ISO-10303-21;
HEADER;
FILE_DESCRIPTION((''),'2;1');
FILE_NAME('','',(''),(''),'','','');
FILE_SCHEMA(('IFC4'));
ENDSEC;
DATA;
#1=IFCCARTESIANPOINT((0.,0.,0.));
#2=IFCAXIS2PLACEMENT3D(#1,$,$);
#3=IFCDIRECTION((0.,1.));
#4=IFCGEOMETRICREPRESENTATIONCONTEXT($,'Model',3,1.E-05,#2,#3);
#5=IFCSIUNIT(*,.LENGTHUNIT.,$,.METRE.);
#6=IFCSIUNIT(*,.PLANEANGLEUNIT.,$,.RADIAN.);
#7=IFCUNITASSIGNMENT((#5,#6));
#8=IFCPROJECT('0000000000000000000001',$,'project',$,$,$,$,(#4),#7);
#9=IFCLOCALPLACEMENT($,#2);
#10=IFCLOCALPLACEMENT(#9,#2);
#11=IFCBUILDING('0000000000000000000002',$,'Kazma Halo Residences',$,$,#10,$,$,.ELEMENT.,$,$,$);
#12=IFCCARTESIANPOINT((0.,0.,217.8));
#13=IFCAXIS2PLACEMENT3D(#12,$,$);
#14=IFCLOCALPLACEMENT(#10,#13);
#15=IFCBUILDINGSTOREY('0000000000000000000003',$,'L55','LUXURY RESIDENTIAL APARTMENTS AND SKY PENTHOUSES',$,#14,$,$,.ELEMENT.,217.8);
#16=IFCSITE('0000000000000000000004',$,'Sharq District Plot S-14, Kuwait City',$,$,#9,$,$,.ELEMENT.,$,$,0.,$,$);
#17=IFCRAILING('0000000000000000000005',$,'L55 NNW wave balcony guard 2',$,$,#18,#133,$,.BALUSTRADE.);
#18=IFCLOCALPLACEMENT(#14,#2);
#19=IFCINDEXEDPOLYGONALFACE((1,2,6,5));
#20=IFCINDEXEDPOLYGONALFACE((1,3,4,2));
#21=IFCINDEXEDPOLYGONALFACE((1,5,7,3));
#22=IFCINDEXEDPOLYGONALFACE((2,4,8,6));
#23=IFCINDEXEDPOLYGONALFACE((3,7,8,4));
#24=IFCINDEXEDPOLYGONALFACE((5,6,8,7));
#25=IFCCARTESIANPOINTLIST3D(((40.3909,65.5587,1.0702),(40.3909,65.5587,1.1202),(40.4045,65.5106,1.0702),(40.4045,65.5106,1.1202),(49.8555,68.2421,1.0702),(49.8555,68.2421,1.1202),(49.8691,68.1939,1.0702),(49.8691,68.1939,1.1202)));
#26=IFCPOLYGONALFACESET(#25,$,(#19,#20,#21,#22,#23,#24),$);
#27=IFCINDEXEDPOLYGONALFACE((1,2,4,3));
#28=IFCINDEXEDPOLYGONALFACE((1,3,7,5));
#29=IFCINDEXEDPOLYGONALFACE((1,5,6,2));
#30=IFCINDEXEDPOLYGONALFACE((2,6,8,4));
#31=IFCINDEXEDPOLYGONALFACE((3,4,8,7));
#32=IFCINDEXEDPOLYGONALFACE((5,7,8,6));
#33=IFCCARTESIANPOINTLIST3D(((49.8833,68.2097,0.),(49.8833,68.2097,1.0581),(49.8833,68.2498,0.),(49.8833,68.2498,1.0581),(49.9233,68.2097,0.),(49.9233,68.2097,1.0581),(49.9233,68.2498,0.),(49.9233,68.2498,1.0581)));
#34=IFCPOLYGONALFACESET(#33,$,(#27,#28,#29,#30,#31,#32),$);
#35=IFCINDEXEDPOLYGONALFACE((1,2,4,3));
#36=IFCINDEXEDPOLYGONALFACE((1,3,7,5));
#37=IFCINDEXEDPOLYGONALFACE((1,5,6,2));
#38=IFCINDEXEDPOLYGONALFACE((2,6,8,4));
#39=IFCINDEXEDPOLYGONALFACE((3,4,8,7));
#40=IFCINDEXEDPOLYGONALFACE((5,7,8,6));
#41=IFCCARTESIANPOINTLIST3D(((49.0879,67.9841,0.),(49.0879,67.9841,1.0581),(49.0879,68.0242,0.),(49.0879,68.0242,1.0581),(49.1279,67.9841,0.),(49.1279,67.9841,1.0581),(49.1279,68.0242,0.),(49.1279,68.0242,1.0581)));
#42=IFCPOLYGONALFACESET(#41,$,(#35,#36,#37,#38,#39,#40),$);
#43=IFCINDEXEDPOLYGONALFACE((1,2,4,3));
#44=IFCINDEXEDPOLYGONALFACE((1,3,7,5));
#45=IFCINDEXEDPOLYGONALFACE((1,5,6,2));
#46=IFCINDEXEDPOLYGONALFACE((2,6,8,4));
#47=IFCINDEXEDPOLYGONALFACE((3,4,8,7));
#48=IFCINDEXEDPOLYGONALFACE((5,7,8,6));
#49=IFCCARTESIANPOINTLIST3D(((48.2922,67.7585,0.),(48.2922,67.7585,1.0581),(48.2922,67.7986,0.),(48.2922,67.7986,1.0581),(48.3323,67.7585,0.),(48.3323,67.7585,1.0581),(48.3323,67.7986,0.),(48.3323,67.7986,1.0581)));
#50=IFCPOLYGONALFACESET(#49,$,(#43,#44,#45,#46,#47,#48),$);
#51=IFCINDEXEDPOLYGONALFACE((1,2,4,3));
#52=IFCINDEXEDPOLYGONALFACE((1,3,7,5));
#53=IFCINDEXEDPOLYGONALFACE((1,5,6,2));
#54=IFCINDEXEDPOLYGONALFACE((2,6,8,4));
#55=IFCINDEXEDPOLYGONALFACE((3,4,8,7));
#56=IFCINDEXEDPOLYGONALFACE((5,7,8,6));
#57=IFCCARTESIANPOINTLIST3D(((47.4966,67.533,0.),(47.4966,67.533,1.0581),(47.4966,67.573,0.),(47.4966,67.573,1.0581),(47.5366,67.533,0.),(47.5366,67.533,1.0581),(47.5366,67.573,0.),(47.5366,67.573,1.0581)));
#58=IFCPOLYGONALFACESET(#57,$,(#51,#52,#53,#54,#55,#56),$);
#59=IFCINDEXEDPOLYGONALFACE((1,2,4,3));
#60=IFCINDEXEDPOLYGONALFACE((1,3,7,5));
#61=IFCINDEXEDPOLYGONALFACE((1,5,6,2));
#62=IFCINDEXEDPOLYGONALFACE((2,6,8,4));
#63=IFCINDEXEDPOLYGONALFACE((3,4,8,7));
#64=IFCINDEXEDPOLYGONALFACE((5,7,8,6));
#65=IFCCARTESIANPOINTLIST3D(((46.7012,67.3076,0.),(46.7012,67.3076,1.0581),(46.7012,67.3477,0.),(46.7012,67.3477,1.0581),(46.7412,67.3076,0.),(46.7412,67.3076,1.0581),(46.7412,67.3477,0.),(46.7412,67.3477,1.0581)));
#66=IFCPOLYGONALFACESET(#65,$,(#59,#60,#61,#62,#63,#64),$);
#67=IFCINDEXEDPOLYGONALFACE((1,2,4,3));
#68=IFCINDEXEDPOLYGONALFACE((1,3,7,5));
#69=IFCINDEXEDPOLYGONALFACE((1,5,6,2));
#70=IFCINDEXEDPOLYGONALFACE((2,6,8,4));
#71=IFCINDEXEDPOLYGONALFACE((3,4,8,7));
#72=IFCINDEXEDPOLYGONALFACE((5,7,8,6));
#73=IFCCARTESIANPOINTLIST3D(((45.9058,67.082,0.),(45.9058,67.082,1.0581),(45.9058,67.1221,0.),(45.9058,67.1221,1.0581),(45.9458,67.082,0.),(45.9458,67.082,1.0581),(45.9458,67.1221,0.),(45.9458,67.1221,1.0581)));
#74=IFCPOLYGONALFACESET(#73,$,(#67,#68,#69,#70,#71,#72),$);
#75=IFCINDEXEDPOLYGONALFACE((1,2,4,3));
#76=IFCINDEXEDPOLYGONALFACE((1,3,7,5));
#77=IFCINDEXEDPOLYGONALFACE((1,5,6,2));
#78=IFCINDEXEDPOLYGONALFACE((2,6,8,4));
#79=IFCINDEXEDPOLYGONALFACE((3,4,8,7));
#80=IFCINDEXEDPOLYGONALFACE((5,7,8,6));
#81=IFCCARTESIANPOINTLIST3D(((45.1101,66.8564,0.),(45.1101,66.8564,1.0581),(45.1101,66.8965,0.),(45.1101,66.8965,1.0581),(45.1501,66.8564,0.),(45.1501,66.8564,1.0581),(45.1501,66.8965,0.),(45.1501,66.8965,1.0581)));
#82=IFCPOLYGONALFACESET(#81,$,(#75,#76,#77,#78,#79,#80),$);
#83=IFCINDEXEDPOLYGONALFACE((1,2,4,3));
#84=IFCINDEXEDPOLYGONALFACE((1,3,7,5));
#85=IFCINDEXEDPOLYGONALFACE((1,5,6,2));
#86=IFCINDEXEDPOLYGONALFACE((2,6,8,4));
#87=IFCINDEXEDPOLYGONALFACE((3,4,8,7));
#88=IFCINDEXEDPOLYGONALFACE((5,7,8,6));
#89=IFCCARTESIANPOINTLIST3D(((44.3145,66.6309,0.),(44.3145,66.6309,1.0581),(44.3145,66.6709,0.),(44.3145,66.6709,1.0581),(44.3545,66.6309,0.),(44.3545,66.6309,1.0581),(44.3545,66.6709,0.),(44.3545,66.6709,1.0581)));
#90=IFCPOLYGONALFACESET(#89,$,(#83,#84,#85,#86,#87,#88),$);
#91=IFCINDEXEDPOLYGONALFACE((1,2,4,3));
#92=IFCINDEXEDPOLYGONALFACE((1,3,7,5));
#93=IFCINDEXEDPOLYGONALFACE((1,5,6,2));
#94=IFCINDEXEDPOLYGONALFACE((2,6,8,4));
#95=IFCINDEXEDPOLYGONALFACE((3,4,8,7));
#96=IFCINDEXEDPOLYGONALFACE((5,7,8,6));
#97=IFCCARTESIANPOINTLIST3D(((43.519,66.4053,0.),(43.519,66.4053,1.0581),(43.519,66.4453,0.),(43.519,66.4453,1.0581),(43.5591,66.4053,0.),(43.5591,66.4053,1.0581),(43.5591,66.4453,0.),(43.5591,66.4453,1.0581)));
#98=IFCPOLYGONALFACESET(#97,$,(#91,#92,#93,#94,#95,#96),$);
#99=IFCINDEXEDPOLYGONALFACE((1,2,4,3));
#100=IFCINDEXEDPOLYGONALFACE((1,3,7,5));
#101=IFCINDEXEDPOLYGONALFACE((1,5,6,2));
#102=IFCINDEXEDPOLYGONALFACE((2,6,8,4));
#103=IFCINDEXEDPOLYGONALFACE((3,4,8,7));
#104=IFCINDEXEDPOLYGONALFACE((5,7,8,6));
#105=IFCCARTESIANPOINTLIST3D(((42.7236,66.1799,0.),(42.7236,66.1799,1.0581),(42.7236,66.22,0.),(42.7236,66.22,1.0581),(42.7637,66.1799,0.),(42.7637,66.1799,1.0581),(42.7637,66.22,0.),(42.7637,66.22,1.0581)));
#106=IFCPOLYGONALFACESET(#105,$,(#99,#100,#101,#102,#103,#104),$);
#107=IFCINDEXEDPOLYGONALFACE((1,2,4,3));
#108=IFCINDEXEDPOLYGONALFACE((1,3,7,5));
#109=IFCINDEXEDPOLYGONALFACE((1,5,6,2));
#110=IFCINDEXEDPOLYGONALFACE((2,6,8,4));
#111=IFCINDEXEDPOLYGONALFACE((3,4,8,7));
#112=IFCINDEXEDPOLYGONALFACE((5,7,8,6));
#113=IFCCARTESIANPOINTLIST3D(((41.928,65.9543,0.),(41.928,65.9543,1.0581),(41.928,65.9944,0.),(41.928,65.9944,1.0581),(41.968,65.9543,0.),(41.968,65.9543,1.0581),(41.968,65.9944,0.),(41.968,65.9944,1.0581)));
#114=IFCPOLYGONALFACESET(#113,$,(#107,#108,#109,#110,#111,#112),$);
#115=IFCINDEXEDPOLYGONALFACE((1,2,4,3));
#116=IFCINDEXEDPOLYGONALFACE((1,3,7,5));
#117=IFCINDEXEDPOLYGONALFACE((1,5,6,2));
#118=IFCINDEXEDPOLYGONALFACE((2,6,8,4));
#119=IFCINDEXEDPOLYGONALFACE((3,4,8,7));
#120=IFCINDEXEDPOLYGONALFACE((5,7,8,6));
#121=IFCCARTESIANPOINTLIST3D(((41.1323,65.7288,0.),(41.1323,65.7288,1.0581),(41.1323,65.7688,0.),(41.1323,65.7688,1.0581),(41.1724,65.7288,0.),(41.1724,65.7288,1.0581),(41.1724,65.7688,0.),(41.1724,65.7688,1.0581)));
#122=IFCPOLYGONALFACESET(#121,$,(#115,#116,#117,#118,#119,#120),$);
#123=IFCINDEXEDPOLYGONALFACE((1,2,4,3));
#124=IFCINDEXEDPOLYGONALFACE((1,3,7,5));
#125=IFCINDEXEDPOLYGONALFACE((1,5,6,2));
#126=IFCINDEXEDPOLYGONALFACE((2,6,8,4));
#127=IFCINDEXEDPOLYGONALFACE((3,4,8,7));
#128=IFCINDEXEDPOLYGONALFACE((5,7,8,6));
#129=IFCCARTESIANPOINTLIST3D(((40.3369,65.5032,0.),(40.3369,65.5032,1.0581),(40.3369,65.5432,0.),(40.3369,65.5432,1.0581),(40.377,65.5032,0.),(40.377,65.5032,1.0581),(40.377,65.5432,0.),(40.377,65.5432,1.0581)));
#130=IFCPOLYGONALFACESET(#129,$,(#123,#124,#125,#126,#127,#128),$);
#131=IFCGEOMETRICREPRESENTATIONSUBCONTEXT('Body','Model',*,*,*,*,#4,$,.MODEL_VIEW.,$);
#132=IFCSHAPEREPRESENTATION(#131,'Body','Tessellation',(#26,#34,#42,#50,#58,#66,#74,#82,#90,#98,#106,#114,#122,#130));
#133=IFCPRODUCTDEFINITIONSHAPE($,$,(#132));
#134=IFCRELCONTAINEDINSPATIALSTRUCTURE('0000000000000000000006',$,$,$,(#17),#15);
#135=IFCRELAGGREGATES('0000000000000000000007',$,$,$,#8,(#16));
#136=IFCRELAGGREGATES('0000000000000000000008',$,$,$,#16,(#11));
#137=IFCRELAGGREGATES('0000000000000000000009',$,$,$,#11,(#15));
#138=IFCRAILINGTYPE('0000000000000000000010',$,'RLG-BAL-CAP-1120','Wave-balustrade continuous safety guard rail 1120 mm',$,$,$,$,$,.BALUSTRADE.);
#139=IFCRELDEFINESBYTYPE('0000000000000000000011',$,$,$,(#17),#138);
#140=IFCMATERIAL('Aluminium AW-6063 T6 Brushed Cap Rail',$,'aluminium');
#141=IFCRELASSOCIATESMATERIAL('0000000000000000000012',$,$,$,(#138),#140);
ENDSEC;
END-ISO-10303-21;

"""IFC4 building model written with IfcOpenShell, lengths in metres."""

from ifc_helpers import new_model, si_unit, direction, frame, origin, origin_2d, place, context, subcontext, project, spatial, rectangle, extrude, material, type_object, element, save


model = new_model("IFC4")

# Units and contexts
model_context = context("Model", 3, precision=1e-05, world=origin(), true_north=direction((0.0, 1.0)))
body_context = subcontext(model_context, "Body", "Model", "MODEL_VIEW")
ifc_project = project(units=[si_unit("LENGTHUNIT", "METRE"), si_unit("PLANEANGLEUNIT", "RADIAN")], contexts=[model_context])

# Site, building, storey
site_placement = place(None, origin())
site = spatial("IfcSite", under=ifc_project, at=site_placement, Name="Sharq District Plot S-14, Kuwait City", CompositionType="ELEMENT", RefElevation=0.0)
building_placement = place(site_placement, origin())
building = spatial("IfcBuilding", under=site, at=building_placement, Name="Kazma Halo Residences", CompositionType="ELEMENT")
storey_placement = place(building_placement, frame((0.0, 0.0, 217.8)))
storey = spatial("IfcBuildingStorey", under=building, at=storey_placement, Name="L55", Description="LUXURY RESIDENTIAL APARTMENTS AND SKY PENTHOUSES", CompositionType="ELEMENT", Elevation=217.8)

# Railing
ifc_material_1 = material(Name="Aluminium AW-6063 T6 Brushed Cap Rail", Category="aluminium")
railing_type = type_object("IfcRailingType", Name="RLG-BAL-CAP-1120", Description="Wave-balustrade continuous safety guard rail 1120 mm", PredefinedType="BALUSTRADE", material=ifc_material_1)
railing_1_placement = place(storey_placement, frame((49.9033, 68.2297, 0.0)))
element("IfcRailing", 1, at=railing_1_placement, inside=storey, type_object=railing_type, Name="L55 NNW wave balcony guard 2", PredefinedType="BALUSTRADE", context=body_context, shape_type="SweptSolid", body=[
    extrude(rectangle(XDim=0.05, YDim=0.05, at=origin_2d()), frame((-0.041, -0.0117, 1.0952), z_axis=(-0.962081, -0.272764, 0.0), x_axis=(0.272764, -0.962081, 0.0)), (0.0, 0.0, 1.0), 9.8376),
    extrude(rectangle(XDim=0.04, YDim=0.04, at=origin_2d()), origin(), (0.0, 0.0, 1.0), 1.0581),
    extrude(rectangle(XDim=0.04, YDim=0.04, at=origin_2d()), frame((-0.7954, -0.2256, 0.0)), (0.0, 0.0, 1.0), 1.0581),
    extrude(rectangle(XDim=0.04, YDim=0.04, at=origin_2d()), frame((-1.5911, -0.4512, 0.0)), (0.0, 0.0, 1.0), 1.0581),
    extrude(rectangle(XDim=0.04, YDim=0.04, at=origin_2d()), frame((-2.3867, -0.6768, 0.0)), (0.0, 0.0, 1.0), 1.0581),
    extrude(rectangle(XDim=0.04, YDim=0.04, at=origin_2d()), frame((-3.1821, -0.9021, 0.0)), (0.0, 0.0, 1.0), 1.0581),
    extrude(rectangle(XDim=0.04, YDim=0.04, at=origin_2d()), frame((-3.9775, -1.1277, 0.0)), (0.0, 0.0, 1.0), 1.0581),
    extrude(rectangle(XDim=0.04, YDim=0.04, at=origin_2d()), frame((-4.7732, -1.3533, 0.0)), (0.0, 0.0, 1.0), 1.0581),
    extrude(rectangle(XDim=0.04, YDim=0.04, at=origin_2d()), frame((-5.5688, -1.5789, 0.0)), (0.0, 0.0, 1.0), 1.0581),
    extrude(rectangle(XDim=0.04, YDim=0.04, at=origin_2d()), frame((-6.3643, -1.8044, 0.0)), (0.0, 0.0, 1.0), 1.0581),
    extrude(rectangle(XDim=0.04, YDim=0.04, at=origin_2d()), frame((-7.1597, -2.0298, 0.0)), (0.0, 0.0, 1.0), 1.0581),
    extrude(rectangle(XDim=0.04, YDim=0.04, at=origin_2d()), frame((-7.9553, -2.2554, 0.0)), (0.0, 0.0, 1.0), 1.0581),
    extrude(rectangle(XDim=0.04, YDim=0.04, at=origin_2d()), frame((-8.751, -2.481, 0.0)), (0.0, 0.0, 1.0), 1.0581),
    extrude(rectangle(XDim=0.04, YDim=0.04, at=origin_2d()), frame((-9.5464, -2.7065, 0.0)), (0.0, 0.0, 1.0), 1.0581),
])

save(model, "model.ifc")
